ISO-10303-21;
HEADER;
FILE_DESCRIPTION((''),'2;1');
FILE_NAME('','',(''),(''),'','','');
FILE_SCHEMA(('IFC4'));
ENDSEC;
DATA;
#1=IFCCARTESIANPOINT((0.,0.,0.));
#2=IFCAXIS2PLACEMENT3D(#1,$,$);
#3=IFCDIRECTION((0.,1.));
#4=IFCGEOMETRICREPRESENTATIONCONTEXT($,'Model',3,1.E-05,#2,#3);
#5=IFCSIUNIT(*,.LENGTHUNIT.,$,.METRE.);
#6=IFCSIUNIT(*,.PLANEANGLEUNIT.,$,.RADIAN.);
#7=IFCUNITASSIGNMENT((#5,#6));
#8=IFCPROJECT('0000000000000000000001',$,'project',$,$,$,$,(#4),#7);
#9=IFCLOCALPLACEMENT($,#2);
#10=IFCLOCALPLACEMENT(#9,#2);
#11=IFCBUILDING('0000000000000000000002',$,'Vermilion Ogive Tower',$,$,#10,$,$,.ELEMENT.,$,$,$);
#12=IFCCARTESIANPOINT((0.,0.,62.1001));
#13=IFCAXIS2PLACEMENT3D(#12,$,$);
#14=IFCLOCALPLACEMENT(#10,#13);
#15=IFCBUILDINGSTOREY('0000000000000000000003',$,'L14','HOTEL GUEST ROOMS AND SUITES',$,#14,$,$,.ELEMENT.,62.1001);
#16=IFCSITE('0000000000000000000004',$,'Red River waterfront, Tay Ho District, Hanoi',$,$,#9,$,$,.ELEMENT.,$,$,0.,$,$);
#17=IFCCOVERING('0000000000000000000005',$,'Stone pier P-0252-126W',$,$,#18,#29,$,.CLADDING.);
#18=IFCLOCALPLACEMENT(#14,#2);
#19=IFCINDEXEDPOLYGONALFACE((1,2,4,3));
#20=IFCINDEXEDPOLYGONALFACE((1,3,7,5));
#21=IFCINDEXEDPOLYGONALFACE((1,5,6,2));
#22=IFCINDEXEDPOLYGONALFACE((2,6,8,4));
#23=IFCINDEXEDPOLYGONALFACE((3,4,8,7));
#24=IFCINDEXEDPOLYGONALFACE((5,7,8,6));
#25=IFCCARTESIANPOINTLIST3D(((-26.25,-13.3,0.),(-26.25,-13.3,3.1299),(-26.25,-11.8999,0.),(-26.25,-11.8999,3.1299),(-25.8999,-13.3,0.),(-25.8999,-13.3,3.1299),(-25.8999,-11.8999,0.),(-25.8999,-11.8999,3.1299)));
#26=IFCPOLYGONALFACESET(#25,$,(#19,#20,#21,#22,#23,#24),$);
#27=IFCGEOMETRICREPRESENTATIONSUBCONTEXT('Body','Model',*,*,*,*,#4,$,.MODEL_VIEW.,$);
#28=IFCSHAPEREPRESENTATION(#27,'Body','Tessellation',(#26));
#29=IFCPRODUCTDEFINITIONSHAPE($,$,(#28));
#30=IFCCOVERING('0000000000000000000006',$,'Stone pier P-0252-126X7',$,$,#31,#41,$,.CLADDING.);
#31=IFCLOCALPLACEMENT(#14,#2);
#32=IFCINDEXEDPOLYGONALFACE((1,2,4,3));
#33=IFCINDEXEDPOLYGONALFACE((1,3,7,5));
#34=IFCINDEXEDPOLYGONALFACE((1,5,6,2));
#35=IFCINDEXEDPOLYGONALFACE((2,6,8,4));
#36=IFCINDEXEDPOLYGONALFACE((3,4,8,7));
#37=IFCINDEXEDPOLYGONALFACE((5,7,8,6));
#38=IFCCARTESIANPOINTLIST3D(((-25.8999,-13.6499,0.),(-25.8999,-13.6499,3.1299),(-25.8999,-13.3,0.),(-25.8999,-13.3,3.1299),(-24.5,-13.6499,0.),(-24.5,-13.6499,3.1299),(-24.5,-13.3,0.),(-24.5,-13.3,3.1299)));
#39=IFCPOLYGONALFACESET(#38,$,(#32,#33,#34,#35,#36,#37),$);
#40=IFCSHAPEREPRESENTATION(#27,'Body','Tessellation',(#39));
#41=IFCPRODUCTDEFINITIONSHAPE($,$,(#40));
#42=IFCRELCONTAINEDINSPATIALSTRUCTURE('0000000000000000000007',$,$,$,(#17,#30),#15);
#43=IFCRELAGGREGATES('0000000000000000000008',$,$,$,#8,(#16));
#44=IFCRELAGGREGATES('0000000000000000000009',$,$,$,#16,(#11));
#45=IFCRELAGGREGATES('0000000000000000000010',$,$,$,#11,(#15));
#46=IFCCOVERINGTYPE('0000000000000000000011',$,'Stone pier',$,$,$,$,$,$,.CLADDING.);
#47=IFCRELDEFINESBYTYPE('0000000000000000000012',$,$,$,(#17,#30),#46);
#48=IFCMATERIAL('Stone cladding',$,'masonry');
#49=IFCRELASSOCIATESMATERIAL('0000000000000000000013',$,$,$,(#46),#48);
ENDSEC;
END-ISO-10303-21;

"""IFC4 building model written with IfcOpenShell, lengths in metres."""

from ifc_helpers import new_model, si_unit, direction, frame, origin, place, context, subcontext, project, spatial, polyline, outline, extrude, material, type_object, element, save


model = new_model("IFC4")

# Units and contexts
model_context = context("Model", 3, precision=1e-05, world=origin(), true_north=direction((0.0, 1.0)))
body_context = subcontext(model_context, "Body", "Model", "MODEL_VIEW")
ifc_project = project(units=[si_unit("LENGTHUNIT", "METRE"), si_unit("PLANEANGLEUNIT", "RADIAN")], contexts=[model_context])

# Site, building, storey
site_placement = place(None, origin())
site = spatial("IfcSite", under=ifc_project, at=site_placement, Name="Red River waterfront, Tay Ho District, Hanoi", CompositionType="ELEMENT", RefElevation=0.0)
building_placement = place(site_placement, origin())
building = spatial("IfcBuilding", under=site, at=building_placement, Name="Vermilion Ogive Tower", CompositionType="ELEMENT")
storey_placement = place(building_placement, frame((0.0, 0.0, 62.1001)))
storey = spatial("IfcBuildingStorey", under=building, at=storey_placement, Name="L14", Description="HOTEL GUEST ROOMS AND SUITES", CompositionType="ELEMENT", Elevation=62.1001)

# Coverings
ifc_material_1 = material(Name="Stone cladding", Category="masonry")
covering_type_1 = type_object("IfcCoveringType", Name="Stone pier", PredefinedType="CLADDING", material=ifc_material_1)
covering_1_placement = place(storey_placement, origin())
element("IfcCovering", 1, at=covering_1_placement, inside=storey, type_object=covering_type_1, Name="Stone pier P-0252-126W", PredefinedType="CLADDING", context=body_context, shape_type="SweptSolid", body=[
    extrude(outline(polyline([(-26.25, -13.3), (-26.25, -11.8999), (-25.8999, -11.8999), (-25.8999, -13.3), (-26.25, -13.3)])), origin(), (0.0, 0.0, 1.0), 3.1299),
])
covering_2_placement = place(storey_placement, origin())
element("IfcCovering", 2, at=covering_2_placement, inside=storey, type_object=covering_type_1, Name="Stone pier P-0252-126X7", PredefinedType="CLADDING", context=body_context, shape_type="SweptSolid", body=[
    extrude(outline(polyline([(-25.8999, -13.6499), (-25.8999, -13.3), (-24.5, -13.3), (-24.5, -13.6499), (-25.8999, -13.6499)])), origin(), (0.0, 0.0, 1.0), 3.1299),
])

save(model, "model.ifc")
